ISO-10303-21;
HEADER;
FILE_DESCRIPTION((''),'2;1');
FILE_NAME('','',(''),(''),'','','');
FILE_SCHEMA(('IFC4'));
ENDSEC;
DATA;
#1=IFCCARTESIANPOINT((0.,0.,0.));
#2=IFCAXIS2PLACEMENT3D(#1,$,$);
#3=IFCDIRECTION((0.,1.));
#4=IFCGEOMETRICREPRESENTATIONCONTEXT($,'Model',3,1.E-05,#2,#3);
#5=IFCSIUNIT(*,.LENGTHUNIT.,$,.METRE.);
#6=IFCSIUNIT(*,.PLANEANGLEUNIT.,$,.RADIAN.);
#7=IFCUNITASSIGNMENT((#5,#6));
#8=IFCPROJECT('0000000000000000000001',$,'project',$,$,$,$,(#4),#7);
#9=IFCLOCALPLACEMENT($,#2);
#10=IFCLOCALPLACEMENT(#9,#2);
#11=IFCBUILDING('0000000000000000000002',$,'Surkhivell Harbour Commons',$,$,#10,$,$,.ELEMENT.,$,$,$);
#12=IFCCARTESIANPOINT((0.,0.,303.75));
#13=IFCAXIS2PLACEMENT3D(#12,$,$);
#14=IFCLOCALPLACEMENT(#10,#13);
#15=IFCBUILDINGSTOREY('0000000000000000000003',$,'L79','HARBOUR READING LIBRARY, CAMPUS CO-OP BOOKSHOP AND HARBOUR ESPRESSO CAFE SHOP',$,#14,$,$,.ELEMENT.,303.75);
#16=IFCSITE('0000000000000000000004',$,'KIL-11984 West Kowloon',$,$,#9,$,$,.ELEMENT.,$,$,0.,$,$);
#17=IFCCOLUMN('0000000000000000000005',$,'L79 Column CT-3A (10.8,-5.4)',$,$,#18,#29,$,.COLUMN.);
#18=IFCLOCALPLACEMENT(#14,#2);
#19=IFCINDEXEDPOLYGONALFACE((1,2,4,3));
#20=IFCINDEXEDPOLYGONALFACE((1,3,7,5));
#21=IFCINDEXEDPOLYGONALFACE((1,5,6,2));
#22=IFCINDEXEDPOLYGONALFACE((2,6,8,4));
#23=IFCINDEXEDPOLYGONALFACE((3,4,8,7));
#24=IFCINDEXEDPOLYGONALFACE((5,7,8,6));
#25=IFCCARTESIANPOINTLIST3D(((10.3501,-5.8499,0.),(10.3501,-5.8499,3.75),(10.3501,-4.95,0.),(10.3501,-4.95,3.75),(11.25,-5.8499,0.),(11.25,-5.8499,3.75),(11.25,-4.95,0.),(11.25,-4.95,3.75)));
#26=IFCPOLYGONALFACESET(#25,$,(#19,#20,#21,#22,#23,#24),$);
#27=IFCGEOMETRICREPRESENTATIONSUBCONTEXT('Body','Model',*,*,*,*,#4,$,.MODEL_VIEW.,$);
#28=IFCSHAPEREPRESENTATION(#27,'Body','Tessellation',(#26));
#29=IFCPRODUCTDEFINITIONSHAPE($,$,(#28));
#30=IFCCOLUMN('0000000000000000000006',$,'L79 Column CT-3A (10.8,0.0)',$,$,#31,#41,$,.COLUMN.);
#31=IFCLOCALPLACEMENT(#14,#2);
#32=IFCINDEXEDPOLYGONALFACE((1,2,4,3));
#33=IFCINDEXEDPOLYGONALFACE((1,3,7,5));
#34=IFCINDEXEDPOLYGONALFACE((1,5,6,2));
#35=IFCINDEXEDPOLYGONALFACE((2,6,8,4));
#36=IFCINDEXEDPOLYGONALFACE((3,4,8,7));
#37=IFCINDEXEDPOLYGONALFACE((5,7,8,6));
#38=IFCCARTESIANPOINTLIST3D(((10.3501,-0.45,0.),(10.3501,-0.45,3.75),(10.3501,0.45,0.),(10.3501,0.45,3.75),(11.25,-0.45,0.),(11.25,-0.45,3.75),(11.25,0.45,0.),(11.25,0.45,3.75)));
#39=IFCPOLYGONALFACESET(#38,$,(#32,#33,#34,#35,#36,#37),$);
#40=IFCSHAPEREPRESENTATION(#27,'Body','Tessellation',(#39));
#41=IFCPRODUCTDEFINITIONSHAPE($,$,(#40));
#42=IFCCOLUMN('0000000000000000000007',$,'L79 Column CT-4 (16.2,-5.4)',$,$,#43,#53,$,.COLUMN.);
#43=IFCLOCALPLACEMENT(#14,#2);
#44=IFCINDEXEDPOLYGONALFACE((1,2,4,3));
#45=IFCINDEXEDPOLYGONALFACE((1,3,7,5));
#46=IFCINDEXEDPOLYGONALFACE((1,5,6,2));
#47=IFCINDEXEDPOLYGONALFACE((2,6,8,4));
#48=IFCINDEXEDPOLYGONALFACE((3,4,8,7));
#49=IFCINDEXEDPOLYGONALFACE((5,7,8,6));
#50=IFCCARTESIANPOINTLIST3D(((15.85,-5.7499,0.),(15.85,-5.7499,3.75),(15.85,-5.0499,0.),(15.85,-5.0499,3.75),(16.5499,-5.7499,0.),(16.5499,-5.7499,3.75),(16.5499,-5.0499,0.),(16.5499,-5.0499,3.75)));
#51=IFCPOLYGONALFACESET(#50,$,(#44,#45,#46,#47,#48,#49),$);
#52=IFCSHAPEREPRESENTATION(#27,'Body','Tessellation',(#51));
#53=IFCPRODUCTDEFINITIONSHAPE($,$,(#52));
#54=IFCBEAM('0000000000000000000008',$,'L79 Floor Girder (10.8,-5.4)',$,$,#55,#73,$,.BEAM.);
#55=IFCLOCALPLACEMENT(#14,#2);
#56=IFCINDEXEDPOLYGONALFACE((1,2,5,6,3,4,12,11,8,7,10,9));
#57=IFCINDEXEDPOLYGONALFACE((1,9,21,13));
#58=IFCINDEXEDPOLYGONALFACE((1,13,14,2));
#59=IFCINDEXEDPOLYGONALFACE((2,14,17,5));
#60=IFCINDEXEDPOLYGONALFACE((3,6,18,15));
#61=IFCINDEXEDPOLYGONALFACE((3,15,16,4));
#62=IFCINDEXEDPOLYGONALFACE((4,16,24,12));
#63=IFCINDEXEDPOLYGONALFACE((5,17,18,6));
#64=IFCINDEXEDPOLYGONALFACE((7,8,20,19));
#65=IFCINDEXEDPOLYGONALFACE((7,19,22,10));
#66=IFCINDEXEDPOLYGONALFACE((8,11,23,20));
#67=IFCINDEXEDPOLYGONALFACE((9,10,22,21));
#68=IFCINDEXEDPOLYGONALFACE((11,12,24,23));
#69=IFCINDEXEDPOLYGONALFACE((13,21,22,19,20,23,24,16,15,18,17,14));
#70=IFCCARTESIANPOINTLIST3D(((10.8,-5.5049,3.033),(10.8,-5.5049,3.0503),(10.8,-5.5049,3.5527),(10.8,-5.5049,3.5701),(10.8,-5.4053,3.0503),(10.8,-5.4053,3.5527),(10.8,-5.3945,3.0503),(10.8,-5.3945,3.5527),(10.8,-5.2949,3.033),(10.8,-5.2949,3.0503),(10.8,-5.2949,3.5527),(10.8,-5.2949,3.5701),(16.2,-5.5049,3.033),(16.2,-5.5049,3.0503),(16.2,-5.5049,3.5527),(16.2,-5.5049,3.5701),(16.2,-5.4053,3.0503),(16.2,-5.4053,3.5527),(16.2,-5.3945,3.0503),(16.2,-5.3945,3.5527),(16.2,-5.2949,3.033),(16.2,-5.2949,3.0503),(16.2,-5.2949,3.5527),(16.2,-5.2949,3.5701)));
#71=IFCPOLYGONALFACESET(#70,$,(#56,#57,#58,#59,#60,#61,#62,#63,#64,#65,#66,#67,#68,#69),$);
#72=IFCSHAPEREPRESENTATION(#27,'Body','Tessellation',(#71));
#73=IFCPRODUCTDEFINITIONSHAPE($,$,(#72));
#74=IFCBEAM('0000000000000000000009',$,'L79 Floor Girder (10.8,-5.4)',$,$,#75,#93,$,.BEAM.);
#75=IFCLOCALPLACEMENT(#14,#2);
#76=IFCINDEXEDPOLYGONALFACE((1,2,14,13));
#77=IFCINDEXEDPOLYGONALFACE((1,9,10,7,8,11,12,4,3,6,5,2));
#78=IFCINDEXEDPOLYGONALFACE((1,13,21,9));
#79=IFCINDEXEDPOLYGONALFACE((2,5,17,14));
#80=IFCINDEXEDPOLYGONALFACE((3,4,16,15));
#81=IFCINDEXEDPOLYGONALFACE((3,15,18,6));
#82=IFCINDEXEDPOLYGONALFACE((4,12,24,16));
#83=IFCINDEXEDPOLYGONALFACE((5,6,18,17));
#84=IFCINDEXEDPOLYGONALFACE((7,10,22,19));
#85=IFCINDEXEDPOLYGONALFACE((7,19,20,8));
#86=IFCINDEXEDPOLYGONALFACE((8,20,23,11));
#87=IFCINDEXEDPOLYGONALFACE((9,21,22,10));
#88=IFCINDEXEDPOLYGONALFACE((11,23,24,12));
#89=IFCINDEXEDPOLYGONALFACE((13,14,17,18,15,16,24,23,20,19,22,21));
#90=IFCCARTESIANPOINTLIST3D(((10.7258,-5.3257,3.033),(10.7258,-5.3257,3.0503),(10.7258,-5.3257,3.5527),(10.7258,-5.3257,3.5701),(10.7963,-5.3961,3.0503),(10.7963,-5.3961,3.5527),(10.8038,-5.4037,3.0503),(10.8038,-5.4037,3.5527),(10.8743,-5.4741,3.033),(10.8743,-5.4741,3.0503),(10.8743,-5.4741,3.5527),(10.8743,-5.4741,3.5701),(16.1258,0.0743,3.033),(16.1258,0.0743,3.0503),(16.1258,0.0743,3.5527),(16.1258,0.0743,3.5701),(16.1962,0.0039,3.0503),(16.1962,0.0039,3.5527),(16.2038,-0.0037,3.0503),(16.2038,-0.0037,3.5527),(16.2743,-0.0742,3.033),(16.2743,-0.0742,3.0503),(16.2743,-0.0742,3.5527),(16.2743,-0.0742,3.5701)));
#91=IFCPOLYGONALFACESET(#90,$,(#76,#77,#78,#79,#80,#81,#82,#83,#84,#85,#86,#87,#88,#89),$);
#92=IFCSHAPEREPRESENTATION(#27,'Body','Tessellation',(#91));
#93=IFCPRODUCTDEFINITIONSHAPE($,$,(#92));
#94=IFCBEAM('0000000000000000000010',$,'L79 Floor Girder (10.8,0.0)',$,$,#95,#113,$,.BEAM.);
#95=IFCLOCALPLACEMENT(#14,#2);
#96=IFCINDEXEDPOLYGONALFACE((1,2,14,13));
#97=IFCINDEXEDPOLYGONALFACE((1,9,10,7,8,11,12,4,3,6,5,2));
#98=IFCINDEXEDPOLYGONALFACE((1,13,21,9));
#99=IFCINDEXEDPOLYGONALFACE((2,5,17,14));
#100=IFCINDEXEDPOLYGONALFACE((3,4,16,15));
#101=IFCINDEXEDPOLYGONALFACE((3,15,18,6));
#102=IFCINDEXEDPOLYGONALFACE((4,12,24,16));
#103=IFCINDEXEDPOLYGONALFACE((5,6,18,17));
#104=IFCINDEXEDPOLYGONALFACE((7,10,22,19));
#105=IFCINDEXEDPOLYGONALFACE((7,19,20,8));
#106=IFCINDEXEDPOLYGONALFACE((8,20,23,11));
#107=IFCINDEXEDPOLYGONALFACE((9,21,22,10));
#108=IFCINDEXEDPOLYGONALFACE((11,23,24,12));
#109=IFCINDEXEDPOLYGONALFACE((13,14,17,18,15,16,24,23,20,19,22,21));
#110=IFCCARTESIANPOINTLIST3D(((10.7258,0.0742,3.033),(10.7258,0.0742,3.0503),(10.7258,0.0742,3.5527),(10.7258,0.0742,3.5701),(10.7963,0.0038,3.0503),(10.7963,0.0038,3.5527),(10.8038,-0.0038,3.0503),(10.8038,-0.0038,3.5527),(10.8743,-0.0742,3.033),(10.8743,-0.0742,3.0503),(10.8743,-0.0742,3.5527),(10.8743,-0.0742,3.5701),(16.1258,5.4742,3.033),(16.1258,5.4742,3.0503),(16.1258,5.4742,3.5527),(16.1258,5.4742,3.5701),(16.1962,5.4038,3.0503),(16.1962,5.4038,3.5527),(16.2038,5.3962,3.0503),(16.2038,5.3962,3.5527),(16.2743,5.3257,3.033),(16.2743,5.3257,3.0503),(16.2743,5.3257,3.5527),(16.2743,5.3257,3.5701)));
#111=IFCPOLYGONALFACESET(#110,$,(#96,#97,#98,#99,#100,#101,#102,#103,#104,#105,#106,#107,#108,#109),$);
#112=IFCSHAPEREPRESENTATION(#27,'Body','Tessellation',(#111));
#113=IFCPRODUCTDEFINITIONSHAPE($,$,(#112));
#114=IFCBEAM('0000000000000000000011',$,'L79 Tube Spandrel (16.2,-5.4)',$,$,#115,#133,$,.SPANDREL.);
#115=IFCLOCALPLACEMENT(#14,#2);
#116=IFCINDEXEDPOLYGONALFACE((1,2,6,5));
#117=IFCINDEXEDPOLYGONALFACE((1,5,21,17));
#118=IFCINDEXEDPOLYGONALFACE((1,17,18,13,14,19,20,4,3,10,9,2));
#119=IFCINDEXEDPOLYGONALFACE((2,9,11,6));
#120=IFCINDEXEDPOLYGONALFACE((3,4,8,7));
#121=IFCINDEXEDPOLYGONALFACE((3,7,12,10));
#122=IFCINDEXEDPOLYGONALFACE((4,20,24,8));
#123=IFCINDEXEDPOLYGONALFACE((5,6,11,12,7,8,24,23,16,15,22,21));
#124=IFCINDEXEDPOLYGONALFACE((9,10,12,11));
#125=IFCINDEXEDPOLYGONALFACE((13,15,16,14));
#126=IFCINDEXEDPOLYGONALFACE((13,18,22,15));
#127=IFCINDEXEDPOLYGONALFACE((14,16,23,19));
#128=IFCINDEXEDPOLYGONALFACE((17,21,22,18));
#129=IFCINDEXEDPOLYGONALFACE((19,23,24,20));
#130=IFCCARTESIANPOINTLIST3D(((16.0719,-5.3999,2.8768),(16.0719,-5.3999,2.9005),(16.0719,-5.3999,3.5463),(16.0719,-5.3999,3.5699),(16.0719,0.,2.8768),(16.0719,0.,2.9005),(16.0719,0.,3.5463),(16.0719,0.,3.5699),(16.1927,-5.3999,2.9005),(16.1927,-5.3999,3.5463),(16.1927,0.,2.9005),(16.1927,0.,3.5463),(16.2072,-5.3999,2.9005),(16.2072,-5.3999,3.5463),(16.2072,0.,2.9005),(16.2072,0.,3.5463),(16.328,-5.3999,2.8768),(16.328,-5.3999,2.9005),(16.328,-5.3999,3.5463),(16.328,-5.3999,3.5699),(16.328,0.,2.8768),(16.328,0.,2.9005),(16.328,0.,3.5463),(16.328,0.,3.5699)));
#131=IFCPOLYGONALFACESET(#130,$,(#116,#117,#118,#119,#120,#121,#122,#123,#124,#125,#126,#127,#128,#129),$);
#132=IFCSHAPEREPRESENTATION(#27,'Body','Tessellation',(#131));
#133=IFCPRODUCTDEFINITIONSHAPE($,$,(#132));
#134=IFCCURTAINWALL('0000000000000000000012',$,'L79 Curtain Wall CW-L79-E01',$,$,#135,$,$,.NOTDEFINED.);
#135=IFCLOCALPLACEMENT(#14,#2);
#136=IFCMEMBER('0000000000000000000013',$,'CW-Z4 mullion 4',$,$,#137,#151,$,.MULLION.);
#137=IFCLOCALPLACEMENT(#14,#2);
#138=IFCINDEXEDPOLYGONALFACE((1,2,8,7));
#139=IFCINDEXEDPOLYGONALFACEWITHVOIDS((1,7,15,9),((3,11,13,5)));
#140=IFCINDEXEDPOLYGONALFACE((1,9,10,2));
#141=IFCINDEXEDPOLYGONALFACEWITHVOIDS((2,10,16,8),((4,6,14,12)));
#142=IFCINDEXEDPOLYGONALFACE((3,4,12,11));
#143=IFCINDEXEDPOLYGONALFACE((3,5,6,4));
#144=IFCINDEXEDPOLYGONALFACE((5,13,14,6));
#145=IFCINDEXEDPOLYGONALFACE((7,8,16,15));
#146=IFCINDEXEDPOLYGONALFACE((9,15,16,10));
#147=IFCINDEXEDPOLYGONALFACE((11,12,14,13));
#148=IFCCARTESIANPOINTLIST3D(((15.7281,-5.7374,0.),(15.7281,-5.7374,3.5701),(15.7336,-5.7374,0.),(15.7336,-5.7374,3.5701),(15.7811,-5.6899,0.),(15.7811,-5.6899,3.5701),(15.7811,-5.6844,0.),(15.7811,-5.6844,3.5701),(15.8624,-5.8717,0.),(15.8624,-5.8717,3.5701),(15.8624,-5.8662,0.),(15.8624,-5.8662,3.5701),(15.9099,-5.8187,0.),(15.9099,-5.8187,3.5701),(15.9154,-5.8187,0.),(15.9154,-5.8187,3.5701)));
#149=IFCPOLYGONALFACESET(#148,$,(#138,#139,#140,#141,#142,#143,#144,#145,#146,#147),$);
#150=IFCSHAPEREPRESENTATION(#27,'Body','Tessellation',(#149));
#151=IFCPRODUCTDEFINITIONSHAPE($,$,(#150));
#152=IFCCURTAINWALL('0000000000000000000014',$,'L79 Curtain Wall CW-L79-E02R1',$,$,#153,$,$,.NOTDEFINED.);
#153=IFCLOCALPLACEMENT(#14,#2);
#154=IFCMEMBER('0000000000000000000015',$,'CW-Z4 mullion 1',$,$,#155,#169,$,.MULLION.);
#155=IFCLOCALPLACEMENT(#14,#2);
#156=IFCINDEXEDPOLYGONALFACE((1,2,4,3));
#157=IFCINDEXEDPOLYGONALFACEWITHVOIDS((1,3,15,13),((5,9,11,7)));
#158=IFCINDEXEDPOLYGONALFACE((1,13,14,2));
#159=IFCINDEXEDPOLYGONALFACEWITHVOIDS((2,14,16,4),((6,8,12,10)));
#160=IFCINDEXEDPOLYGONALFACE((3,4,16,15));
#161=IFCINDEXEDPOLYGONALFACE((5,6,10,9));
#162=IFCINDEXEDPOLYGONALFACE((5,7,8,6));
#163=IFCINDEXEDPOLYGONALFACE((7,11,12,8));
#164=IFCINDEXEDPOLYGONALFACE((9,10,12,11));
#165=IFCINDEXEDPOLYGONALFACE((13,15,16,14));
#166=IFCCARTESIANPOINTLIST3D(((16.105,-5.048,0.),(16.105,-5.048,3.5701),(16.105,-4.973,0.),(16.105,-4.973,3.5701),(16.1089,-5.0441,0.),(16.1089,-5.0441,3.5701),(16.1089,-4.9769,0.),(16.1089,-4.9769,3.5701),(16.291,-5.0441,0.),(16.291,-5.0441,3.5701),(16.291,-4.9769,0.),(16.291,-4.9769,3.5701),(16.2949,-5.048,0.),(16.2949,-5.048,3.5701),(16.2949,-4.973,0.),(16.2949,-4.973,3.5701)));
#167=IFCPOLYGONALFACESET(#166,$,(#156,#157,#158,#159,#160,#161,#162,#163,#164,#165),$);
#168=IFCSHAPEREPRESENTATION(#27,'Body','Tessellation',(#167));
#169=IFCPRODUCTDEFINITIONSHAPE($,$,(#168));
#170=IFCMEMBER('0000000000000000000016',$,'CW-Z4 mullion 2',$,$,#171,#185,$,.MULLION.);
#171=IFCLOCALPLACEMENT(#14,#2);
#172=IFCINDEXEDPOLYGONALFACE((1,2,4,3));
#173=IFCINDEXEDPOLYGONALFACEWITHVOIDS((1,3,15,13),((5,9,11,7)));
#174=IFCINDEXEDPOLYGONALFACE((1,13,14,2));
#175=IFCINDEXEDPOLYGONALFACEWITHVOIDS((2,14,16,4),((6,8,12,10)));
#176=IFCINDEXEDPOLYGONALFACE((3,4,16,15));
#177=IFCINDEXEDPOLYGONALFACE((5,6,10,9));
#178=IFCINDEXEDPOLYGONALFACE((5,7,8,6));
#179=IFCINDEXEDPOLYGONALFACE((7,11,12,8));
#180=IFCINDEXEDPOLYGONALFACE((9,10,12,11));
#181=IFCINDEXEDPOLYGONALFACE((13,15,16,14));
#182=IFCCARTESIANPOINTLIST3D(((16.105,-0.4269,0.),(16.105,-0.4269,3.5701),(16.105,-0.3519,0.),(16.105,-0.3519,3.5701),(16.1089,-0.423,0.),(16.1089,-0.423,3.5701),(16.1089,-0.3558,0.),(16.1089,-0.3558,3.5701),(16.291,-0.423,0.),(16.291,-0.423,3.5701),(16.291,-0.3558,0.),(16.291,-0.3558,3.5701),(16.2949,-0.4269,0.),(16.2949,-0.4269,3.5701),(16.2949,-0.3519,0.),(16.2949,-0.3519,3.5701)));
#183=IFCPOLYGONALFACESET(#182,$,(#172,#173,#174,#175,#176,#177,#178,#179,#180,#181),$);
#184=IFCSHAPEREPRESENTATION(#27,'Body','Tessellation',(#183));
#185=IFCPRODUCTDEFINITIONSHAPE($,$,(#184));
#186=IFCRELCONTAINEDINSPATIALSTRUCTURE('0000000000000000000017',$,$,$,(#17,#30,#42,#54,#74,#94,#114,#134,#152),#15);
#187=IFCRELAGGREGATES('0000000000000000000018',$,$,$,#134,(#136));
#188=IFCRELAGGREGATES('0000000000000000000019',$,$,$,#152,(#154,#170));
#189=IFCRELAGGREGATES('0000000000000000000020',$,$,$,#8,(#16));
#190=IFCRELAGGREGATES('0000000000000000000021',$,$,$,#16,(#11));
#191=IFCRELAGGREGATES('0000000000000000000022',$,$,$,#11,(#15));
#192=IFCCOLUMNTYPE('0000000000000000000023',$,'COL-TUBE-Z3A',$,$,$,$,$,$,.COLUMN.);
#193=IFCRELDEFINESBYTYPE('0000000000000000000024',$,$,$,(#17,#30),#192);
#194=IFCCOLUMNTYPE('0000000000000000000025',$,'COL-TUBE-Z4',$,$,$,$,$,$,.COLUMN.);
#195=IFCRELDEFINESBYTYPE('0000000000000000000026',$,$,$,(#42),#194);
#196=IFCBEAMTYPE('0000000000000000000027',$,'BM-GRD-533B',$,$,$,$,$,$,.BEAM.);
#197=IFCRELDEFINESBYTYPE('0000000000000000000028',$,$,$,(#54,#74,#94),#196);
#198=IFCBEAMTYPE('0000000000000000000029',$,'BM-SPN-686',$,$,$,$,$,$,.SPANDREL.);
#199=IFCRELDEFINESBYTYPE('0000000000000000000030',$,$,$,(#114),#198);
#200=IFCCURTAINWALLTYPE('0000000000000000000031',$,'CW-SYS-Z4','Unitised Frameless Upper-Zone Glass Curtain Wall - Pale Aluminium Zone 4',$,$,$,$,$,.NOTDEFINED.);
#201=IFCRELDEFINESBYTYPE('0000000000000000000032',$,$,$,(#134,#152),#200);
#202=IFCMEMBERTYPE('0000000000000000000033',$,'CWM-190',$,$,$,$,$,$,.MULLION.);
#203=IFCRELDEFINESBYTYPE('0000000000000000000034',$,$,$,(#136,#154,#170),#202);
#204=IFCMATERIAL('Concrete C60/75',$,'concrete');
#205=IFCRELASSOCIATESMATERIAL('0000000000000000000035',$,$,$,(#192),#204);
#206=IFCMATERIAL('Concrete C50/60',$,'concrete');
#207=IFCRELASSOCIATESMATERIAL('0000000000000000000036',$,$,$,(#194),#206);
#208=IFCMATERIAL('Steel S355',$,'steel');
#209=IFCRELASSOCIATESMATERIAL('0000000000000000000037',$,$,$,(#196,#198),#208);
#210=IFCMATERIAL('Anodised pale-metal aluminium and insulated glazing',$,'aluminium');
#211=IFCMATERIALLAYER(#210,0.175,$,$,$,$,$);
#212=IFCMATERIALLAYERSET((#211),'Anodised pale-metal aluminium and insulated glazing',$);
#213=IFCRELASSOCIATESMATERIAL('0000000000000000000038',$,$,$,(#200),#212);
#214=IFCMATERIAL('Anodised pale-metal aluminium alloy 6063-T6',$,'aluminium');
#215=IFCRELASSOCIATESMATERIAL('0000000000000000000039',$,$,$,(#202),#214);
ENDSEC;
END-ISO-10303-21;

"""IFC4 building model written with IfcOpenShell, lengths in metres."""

from ifc_helpers import new_model, si_unit, direction, frame, origin, origin_2d, place, context, subcontext, project, spatial, rectangle, hollow_rectangle, i_section, extrude, material, layer, layer_set, material_profile, profile_set, type_object, element, aggregate, save


model = new_model("IFC4")

# Units and contexts
model_context = context("Model", 3, precision=1e-05, world=origin(), true_north=direction((0.0, 1.0)))
body_context = subcontext(model_context, "Body", "Model", "MODEL_VIEW")
ifc_project = project(units=[si_unit("LENGTHUNIT", "METRE"), si_unit("PLANEANGLEUNIT", "RADIAN")], contexts=[model_context])

# Site, building, storey
site_placement = place(None, origin())
site = spatial("IfcSite", under=ifc_project, at=site_placement, Name="KIL-11984 West Kowloon", CompositionType="ELEMENT", RefElevation=0.0)
building_placement = place(site_placement, origin())
building = spatial("IfcBuilding", under=site, at=building_placement, Name="Surkhivell Harbour Commons", CompositionType="ELEMENT")
storey_placement = place(building_placement, frame((0.0, 0.0, 303.75)))
storey = spatial("IfcBuildingStorey", under=building, at=storey_placement, Name="L79", Description="HARBOUR READING LIBRARY, CAMPUS CO-OP BOOKSHOP AND HARBOUR ESPRESSO CAFE SHOP", CompositionType="ELEMENT", Elevation=303.75)

# Columns
ifc_material_1 = material(Name="Concrete C60/75", Category="concrete")
ifc_material_profile_1 = material_profile(ifc_material_1, rectangle(XDim=0.8999, YDim=0.8999, at=origin_2d()), Name="RC-COL-900x900")
ifc_profile_set_1 = profile_set([ifc_material_profile_1], Name="Concrete C60/75")
column_type_1 = type_object("IfcColumnType", Name="COL-TUBE-Z3A", PredefinedType="COLUMN", material=ifc_profile_set_1)
for number, where, z_axis, x_axis, name in (
    (1, (10.8, -5.3999, 0.0), (0.0, 0.0, 1.0), (1.0, 0.0, 0.0), "L79 Column CT-3A (10.8,-5.4)"),
    (2, (10.8, 0.0, 0.0), (0.0, 0.0, 1.0), (1.0, 0.0, 0.0), "L79 Column CT-3A (10.8,0.0)"),
):
    element("IfcColumn", number, at=place(storey_placement, frame(where, z_axis=z_axis, x_axis=x_axis)), inside=storey, type_object=column_type_1, Name=name, PredefinedType="COLUMN", context=body_context, shape_type="SweptSolid", body=[
        extrude(rectangle(XDim=0.8999, YDim=0.8999, at=origin_2d()), origin(), (0.0, 0.0, 1.0), 3.75),
    ])
ifc_material_2 = material(Name="Concrete C50/60", Category="concrete")
ifc_material_profile_2 = material_profile(ifc_material_2, rectangle(XDim=0.7, YDim=0.7, at=origin_2d()), Name="RC-COL-700x700")
ifc_profile_set_2 = profile_set([ifc_material_profile_2], Name="Concrete C50/60")
column_type_2 = type_object("IfcColumnType", Name="COL-TUBE-Z4", PredefinedType="COLUMN", material=ifc_profile_set_2)
column_placement = place(storey_placement, frame((16.2, -5.3999, 0.0), z_axis=(0.0, 0.0, 1.0), x_axis=(1.0, 0.0, 0.0)))
element("IfcColumn", 3, at=column_placement, inside=storey, type_object=column_type_2, Name="L79 Column CT-4 (16.2,-5.4)", PredefinedType="COLUMN", context=body_context, shape_type="SweptSolid", body=[
    extrude(rectangle(XDim=0.7, YDim=0.7, at=origin_2d()), origin(), (0.0, 0.0, 1.0), 3.75),
])

# Beams
ifc_material_3 = material(Name="Steel S355", Category="steel")
ifc_material_profile_3 = material_profile(ifc_material_3, i_section(OverallWidth=0.21, OverallDepth=0.5371, WebThickness=0.0107, FlangeThickness=0.0173, at=origin_2d()), Name="UB533x210x101")
ifc_profile_set_3 = profile_set([ifc_material_profile_3], Name="Steel S355")
beam_type_1 = type_object("IfcBeamType", Name="BM-GRD-533B", PredefinedType="BEAM", material=ifc_profile_set_3)
beam_1_placement = place(storey_placement, frame((10.8, -5.3999, 3.3015), z_axis=(1.0, 0.0, 0.0), x_axis=(0.0, 1.0, 0.0)))
element("IfcBeam", 4, at=beam_1_placement, inside=storey, type_object=beam_type_1, Name="L79 Floor Girder (10.8,-5.4)", PredefinedType="BEAM", context=body_context, shape_type="SweptSolid", body=[
    extrude(i_section(OverallWidth=0.21, OverallDepth=0.5371, WebThickness=0.0107, FlangeThickness=0.0173, at=origin_2d()), origin(), (0.0, 0.0, 1.0), 5.3999),
])
for number, where, z_axis, x_axis, name in (
    (5, (10.8, -5.3999, 3.3015), (0.707107, 0.707107, 0.0), (-0.707107, 0.707107, 0.0), "L79 Floor Girder (10.8,-5.4)"),
    (6, (10.8, 0.0, 3.3015), (0.707107, 0.707107, 0.0), (-0.707107, 0.707107, 0.0), "L79 Floor Girder (10.8,0.0)"),
):
    element("IfcBeam", number, at=place(storey_placement, frame(where, z_axis=z_axis, x_axis=x_axis)), inside=storey, type_object=beam_type_1, Name=name, PredefinedType="BEAM", context=body_context, shape_type="SweptSolid", body=[
        extrude(i_section(OverallWidth=0.21, OverallDepth=0.5371, WebThickness=0.0107, FlangeThickness=0.0173, at=origin_2d()), origin(), (0.0, 0.0, 1.0), 7.6367),
    ])
ifc_material_profile_4 = material_profile(ifc_material_3, i_section(OverallWidth=0.2561, OverallDepth=0.6931, WebThickness=0.0144, FlangeThickness=0.0237, at=origin_2d()), Name="UB686x254x170")
ifc_profile_set_4 = profile_set([ifc_material_profile_4], Name="Steel S355")
beam_type_2 = type_object("IfcBeamType", Name="BM-SPN-686", PredefinedType="SPANDREL", material=ifc_profile_set_4)
beam_2_placement = place(storey_placement, frame((16.2, -5.3999, 3.2234), z_axis=(0.0, 1.0, 0.0), x_axis=(-1.0, 0.0, 0.0)))
element("IfcBeam", 7, at=beam_2_placement, inside=storey, type_object=beam_type_2, Name="L79 Tube Spandrel (16.2,-5.4)", PredefinedType="SPANDREL", context=body_context, shape_type="SweptSolid", body=[
    extrude(i_section(OverallWidth=0.2561, OverallDepth=0.6931, WebThickness=0.0144, FlangeThickness=0.0237, at=origin_2d()), origin(), (0.0, 0.0, 1.0), 5.3999),
])

# Curtain wall, member
ifc_material_4 = material(Name="Anodised pale-metal aluminium and insulated glazing", Category="aluminium")
ifc_layer_1 = layer(ifc_material_4, 0.175)
ifc_layer_set_1 = layer_set([ifc_layer_1], Name="Anodised pale-metal aluminium and insulated glazing")
curtain_wall_type = type_object("IfcCurtainWallType", Name="CW-SYS-Z4", Description="Unitised Frameless Upper-Zone Glass Curtain Wall - Pale Aluminium Zone 4", PredefinedType="NOTDEFINED", material=ifc_layer_set_1)
curtain_wall_1_placement = place(storey_placement, origin())
curtain_wall_1 = element("IfcCurtainWall", 8, at=curtain_wall_1_placement, inside=storey, type_object=curtain_wall_type, Name="L79 Curtain Wall CW-L79-E01", PredefinedType="NOTDEFINED")
ifc_material_5 = material(Name="Anodised pale-metal aluminium alloy 6063-T6", Category="aluminium")
ifc_material_profile_5 = material_profile(ifc_material_5, hollow_rectangle(XDim=0.075, YDim=0.1899, WallThickness=0.0039, at=origin_2d()), Name="ALU-MULL-75x190")
ifc_profile_set_5 = profile_set([ifc_material_profile_5], Name="Anodised pale-metal aluminium alloy 6063-T6")
member_type_1 = type_object("IfcMemberType", Name="CWM-190", PredefinedType="MULLION", material=ifc_profile_set_5)
member_1_placement = place(storey_placement, frame((15.8218, -5.7781, 0.0), z_axis=(0.0, 0.0, 1.0), x_axis=(0.707107, 0.707107, 0.0)))
member_1 = element("IfcMember", 9, at=member_1_placement, type_object=member_type_1, Name="CW-Z4 mullion 4", PredefinedType="MULLION", context=body_context, shape_type="SweptSolid", body=[
    extrude(hollow_rectangle(XDim=0.075, YDim=0.1899, WallThickness=0.0039, at=origin_2d()), origin(), (0.0, 0.0, 1.0), 3.5701),
])
aggregate(curtain_wall_1, [member_1])

# Curtain wall, members
curtain_wall_2_placement = place(storey_placement, origin())
curtain_wall_2 = element("IfcCurtainWall", 10, at=curtain_wall_2_placement, inside=storey, type_object=curtain_wall_type, Name="L79 Curtain Wall CW-L79-E02R1", PredefinedType="NOTDEFINED")
member_2_placement = place(storey_placement, frame((16.2, -5.0105, 0.0), z_axis=(0.0, 0.0, 1.0), x_axis=(0.0, 1.0, 0.0)))
member_2 = element("IfcMember", 11, at=member_2_placement, type_object=member_type_1, Name="CW-Z4 mullion 1", PredefinedType="MULLION", context=body_context, shape_type="SweptSolid", body=[
    extrude(hollow_rectangle(XDim=0.075, YDim=0.1899, WallThickness=0.0039, at=origin_2d()), origin(), (0.0, 0.0, 1.0), 3.5701),
])
member_3_placement = place(storey_placement, frame((16.2, -0.3894, 0.0), z_axis=(0.0, 0.0, 1.0), x_axis=(0.0, 1.0, 0.0)))
member_3 = element("IfcMember", 12, at=member_3_placement, type_object=member_type_1, Name="CW-Z4 mullion 2", PredefinedType="MULLION", context=body_context, shape_type="SweptSolid", body=[
    extrude(hollow_rectangle(XDim=0.075, YDim=0.1899, WallThickness=0.0039, at=origin_2d()), origin(), (0.0, 0.0, 1.0), 3.5701),
])
aggregate(curtain_wall_2, [member_2, member_3])

save(model, "model.ifc")
